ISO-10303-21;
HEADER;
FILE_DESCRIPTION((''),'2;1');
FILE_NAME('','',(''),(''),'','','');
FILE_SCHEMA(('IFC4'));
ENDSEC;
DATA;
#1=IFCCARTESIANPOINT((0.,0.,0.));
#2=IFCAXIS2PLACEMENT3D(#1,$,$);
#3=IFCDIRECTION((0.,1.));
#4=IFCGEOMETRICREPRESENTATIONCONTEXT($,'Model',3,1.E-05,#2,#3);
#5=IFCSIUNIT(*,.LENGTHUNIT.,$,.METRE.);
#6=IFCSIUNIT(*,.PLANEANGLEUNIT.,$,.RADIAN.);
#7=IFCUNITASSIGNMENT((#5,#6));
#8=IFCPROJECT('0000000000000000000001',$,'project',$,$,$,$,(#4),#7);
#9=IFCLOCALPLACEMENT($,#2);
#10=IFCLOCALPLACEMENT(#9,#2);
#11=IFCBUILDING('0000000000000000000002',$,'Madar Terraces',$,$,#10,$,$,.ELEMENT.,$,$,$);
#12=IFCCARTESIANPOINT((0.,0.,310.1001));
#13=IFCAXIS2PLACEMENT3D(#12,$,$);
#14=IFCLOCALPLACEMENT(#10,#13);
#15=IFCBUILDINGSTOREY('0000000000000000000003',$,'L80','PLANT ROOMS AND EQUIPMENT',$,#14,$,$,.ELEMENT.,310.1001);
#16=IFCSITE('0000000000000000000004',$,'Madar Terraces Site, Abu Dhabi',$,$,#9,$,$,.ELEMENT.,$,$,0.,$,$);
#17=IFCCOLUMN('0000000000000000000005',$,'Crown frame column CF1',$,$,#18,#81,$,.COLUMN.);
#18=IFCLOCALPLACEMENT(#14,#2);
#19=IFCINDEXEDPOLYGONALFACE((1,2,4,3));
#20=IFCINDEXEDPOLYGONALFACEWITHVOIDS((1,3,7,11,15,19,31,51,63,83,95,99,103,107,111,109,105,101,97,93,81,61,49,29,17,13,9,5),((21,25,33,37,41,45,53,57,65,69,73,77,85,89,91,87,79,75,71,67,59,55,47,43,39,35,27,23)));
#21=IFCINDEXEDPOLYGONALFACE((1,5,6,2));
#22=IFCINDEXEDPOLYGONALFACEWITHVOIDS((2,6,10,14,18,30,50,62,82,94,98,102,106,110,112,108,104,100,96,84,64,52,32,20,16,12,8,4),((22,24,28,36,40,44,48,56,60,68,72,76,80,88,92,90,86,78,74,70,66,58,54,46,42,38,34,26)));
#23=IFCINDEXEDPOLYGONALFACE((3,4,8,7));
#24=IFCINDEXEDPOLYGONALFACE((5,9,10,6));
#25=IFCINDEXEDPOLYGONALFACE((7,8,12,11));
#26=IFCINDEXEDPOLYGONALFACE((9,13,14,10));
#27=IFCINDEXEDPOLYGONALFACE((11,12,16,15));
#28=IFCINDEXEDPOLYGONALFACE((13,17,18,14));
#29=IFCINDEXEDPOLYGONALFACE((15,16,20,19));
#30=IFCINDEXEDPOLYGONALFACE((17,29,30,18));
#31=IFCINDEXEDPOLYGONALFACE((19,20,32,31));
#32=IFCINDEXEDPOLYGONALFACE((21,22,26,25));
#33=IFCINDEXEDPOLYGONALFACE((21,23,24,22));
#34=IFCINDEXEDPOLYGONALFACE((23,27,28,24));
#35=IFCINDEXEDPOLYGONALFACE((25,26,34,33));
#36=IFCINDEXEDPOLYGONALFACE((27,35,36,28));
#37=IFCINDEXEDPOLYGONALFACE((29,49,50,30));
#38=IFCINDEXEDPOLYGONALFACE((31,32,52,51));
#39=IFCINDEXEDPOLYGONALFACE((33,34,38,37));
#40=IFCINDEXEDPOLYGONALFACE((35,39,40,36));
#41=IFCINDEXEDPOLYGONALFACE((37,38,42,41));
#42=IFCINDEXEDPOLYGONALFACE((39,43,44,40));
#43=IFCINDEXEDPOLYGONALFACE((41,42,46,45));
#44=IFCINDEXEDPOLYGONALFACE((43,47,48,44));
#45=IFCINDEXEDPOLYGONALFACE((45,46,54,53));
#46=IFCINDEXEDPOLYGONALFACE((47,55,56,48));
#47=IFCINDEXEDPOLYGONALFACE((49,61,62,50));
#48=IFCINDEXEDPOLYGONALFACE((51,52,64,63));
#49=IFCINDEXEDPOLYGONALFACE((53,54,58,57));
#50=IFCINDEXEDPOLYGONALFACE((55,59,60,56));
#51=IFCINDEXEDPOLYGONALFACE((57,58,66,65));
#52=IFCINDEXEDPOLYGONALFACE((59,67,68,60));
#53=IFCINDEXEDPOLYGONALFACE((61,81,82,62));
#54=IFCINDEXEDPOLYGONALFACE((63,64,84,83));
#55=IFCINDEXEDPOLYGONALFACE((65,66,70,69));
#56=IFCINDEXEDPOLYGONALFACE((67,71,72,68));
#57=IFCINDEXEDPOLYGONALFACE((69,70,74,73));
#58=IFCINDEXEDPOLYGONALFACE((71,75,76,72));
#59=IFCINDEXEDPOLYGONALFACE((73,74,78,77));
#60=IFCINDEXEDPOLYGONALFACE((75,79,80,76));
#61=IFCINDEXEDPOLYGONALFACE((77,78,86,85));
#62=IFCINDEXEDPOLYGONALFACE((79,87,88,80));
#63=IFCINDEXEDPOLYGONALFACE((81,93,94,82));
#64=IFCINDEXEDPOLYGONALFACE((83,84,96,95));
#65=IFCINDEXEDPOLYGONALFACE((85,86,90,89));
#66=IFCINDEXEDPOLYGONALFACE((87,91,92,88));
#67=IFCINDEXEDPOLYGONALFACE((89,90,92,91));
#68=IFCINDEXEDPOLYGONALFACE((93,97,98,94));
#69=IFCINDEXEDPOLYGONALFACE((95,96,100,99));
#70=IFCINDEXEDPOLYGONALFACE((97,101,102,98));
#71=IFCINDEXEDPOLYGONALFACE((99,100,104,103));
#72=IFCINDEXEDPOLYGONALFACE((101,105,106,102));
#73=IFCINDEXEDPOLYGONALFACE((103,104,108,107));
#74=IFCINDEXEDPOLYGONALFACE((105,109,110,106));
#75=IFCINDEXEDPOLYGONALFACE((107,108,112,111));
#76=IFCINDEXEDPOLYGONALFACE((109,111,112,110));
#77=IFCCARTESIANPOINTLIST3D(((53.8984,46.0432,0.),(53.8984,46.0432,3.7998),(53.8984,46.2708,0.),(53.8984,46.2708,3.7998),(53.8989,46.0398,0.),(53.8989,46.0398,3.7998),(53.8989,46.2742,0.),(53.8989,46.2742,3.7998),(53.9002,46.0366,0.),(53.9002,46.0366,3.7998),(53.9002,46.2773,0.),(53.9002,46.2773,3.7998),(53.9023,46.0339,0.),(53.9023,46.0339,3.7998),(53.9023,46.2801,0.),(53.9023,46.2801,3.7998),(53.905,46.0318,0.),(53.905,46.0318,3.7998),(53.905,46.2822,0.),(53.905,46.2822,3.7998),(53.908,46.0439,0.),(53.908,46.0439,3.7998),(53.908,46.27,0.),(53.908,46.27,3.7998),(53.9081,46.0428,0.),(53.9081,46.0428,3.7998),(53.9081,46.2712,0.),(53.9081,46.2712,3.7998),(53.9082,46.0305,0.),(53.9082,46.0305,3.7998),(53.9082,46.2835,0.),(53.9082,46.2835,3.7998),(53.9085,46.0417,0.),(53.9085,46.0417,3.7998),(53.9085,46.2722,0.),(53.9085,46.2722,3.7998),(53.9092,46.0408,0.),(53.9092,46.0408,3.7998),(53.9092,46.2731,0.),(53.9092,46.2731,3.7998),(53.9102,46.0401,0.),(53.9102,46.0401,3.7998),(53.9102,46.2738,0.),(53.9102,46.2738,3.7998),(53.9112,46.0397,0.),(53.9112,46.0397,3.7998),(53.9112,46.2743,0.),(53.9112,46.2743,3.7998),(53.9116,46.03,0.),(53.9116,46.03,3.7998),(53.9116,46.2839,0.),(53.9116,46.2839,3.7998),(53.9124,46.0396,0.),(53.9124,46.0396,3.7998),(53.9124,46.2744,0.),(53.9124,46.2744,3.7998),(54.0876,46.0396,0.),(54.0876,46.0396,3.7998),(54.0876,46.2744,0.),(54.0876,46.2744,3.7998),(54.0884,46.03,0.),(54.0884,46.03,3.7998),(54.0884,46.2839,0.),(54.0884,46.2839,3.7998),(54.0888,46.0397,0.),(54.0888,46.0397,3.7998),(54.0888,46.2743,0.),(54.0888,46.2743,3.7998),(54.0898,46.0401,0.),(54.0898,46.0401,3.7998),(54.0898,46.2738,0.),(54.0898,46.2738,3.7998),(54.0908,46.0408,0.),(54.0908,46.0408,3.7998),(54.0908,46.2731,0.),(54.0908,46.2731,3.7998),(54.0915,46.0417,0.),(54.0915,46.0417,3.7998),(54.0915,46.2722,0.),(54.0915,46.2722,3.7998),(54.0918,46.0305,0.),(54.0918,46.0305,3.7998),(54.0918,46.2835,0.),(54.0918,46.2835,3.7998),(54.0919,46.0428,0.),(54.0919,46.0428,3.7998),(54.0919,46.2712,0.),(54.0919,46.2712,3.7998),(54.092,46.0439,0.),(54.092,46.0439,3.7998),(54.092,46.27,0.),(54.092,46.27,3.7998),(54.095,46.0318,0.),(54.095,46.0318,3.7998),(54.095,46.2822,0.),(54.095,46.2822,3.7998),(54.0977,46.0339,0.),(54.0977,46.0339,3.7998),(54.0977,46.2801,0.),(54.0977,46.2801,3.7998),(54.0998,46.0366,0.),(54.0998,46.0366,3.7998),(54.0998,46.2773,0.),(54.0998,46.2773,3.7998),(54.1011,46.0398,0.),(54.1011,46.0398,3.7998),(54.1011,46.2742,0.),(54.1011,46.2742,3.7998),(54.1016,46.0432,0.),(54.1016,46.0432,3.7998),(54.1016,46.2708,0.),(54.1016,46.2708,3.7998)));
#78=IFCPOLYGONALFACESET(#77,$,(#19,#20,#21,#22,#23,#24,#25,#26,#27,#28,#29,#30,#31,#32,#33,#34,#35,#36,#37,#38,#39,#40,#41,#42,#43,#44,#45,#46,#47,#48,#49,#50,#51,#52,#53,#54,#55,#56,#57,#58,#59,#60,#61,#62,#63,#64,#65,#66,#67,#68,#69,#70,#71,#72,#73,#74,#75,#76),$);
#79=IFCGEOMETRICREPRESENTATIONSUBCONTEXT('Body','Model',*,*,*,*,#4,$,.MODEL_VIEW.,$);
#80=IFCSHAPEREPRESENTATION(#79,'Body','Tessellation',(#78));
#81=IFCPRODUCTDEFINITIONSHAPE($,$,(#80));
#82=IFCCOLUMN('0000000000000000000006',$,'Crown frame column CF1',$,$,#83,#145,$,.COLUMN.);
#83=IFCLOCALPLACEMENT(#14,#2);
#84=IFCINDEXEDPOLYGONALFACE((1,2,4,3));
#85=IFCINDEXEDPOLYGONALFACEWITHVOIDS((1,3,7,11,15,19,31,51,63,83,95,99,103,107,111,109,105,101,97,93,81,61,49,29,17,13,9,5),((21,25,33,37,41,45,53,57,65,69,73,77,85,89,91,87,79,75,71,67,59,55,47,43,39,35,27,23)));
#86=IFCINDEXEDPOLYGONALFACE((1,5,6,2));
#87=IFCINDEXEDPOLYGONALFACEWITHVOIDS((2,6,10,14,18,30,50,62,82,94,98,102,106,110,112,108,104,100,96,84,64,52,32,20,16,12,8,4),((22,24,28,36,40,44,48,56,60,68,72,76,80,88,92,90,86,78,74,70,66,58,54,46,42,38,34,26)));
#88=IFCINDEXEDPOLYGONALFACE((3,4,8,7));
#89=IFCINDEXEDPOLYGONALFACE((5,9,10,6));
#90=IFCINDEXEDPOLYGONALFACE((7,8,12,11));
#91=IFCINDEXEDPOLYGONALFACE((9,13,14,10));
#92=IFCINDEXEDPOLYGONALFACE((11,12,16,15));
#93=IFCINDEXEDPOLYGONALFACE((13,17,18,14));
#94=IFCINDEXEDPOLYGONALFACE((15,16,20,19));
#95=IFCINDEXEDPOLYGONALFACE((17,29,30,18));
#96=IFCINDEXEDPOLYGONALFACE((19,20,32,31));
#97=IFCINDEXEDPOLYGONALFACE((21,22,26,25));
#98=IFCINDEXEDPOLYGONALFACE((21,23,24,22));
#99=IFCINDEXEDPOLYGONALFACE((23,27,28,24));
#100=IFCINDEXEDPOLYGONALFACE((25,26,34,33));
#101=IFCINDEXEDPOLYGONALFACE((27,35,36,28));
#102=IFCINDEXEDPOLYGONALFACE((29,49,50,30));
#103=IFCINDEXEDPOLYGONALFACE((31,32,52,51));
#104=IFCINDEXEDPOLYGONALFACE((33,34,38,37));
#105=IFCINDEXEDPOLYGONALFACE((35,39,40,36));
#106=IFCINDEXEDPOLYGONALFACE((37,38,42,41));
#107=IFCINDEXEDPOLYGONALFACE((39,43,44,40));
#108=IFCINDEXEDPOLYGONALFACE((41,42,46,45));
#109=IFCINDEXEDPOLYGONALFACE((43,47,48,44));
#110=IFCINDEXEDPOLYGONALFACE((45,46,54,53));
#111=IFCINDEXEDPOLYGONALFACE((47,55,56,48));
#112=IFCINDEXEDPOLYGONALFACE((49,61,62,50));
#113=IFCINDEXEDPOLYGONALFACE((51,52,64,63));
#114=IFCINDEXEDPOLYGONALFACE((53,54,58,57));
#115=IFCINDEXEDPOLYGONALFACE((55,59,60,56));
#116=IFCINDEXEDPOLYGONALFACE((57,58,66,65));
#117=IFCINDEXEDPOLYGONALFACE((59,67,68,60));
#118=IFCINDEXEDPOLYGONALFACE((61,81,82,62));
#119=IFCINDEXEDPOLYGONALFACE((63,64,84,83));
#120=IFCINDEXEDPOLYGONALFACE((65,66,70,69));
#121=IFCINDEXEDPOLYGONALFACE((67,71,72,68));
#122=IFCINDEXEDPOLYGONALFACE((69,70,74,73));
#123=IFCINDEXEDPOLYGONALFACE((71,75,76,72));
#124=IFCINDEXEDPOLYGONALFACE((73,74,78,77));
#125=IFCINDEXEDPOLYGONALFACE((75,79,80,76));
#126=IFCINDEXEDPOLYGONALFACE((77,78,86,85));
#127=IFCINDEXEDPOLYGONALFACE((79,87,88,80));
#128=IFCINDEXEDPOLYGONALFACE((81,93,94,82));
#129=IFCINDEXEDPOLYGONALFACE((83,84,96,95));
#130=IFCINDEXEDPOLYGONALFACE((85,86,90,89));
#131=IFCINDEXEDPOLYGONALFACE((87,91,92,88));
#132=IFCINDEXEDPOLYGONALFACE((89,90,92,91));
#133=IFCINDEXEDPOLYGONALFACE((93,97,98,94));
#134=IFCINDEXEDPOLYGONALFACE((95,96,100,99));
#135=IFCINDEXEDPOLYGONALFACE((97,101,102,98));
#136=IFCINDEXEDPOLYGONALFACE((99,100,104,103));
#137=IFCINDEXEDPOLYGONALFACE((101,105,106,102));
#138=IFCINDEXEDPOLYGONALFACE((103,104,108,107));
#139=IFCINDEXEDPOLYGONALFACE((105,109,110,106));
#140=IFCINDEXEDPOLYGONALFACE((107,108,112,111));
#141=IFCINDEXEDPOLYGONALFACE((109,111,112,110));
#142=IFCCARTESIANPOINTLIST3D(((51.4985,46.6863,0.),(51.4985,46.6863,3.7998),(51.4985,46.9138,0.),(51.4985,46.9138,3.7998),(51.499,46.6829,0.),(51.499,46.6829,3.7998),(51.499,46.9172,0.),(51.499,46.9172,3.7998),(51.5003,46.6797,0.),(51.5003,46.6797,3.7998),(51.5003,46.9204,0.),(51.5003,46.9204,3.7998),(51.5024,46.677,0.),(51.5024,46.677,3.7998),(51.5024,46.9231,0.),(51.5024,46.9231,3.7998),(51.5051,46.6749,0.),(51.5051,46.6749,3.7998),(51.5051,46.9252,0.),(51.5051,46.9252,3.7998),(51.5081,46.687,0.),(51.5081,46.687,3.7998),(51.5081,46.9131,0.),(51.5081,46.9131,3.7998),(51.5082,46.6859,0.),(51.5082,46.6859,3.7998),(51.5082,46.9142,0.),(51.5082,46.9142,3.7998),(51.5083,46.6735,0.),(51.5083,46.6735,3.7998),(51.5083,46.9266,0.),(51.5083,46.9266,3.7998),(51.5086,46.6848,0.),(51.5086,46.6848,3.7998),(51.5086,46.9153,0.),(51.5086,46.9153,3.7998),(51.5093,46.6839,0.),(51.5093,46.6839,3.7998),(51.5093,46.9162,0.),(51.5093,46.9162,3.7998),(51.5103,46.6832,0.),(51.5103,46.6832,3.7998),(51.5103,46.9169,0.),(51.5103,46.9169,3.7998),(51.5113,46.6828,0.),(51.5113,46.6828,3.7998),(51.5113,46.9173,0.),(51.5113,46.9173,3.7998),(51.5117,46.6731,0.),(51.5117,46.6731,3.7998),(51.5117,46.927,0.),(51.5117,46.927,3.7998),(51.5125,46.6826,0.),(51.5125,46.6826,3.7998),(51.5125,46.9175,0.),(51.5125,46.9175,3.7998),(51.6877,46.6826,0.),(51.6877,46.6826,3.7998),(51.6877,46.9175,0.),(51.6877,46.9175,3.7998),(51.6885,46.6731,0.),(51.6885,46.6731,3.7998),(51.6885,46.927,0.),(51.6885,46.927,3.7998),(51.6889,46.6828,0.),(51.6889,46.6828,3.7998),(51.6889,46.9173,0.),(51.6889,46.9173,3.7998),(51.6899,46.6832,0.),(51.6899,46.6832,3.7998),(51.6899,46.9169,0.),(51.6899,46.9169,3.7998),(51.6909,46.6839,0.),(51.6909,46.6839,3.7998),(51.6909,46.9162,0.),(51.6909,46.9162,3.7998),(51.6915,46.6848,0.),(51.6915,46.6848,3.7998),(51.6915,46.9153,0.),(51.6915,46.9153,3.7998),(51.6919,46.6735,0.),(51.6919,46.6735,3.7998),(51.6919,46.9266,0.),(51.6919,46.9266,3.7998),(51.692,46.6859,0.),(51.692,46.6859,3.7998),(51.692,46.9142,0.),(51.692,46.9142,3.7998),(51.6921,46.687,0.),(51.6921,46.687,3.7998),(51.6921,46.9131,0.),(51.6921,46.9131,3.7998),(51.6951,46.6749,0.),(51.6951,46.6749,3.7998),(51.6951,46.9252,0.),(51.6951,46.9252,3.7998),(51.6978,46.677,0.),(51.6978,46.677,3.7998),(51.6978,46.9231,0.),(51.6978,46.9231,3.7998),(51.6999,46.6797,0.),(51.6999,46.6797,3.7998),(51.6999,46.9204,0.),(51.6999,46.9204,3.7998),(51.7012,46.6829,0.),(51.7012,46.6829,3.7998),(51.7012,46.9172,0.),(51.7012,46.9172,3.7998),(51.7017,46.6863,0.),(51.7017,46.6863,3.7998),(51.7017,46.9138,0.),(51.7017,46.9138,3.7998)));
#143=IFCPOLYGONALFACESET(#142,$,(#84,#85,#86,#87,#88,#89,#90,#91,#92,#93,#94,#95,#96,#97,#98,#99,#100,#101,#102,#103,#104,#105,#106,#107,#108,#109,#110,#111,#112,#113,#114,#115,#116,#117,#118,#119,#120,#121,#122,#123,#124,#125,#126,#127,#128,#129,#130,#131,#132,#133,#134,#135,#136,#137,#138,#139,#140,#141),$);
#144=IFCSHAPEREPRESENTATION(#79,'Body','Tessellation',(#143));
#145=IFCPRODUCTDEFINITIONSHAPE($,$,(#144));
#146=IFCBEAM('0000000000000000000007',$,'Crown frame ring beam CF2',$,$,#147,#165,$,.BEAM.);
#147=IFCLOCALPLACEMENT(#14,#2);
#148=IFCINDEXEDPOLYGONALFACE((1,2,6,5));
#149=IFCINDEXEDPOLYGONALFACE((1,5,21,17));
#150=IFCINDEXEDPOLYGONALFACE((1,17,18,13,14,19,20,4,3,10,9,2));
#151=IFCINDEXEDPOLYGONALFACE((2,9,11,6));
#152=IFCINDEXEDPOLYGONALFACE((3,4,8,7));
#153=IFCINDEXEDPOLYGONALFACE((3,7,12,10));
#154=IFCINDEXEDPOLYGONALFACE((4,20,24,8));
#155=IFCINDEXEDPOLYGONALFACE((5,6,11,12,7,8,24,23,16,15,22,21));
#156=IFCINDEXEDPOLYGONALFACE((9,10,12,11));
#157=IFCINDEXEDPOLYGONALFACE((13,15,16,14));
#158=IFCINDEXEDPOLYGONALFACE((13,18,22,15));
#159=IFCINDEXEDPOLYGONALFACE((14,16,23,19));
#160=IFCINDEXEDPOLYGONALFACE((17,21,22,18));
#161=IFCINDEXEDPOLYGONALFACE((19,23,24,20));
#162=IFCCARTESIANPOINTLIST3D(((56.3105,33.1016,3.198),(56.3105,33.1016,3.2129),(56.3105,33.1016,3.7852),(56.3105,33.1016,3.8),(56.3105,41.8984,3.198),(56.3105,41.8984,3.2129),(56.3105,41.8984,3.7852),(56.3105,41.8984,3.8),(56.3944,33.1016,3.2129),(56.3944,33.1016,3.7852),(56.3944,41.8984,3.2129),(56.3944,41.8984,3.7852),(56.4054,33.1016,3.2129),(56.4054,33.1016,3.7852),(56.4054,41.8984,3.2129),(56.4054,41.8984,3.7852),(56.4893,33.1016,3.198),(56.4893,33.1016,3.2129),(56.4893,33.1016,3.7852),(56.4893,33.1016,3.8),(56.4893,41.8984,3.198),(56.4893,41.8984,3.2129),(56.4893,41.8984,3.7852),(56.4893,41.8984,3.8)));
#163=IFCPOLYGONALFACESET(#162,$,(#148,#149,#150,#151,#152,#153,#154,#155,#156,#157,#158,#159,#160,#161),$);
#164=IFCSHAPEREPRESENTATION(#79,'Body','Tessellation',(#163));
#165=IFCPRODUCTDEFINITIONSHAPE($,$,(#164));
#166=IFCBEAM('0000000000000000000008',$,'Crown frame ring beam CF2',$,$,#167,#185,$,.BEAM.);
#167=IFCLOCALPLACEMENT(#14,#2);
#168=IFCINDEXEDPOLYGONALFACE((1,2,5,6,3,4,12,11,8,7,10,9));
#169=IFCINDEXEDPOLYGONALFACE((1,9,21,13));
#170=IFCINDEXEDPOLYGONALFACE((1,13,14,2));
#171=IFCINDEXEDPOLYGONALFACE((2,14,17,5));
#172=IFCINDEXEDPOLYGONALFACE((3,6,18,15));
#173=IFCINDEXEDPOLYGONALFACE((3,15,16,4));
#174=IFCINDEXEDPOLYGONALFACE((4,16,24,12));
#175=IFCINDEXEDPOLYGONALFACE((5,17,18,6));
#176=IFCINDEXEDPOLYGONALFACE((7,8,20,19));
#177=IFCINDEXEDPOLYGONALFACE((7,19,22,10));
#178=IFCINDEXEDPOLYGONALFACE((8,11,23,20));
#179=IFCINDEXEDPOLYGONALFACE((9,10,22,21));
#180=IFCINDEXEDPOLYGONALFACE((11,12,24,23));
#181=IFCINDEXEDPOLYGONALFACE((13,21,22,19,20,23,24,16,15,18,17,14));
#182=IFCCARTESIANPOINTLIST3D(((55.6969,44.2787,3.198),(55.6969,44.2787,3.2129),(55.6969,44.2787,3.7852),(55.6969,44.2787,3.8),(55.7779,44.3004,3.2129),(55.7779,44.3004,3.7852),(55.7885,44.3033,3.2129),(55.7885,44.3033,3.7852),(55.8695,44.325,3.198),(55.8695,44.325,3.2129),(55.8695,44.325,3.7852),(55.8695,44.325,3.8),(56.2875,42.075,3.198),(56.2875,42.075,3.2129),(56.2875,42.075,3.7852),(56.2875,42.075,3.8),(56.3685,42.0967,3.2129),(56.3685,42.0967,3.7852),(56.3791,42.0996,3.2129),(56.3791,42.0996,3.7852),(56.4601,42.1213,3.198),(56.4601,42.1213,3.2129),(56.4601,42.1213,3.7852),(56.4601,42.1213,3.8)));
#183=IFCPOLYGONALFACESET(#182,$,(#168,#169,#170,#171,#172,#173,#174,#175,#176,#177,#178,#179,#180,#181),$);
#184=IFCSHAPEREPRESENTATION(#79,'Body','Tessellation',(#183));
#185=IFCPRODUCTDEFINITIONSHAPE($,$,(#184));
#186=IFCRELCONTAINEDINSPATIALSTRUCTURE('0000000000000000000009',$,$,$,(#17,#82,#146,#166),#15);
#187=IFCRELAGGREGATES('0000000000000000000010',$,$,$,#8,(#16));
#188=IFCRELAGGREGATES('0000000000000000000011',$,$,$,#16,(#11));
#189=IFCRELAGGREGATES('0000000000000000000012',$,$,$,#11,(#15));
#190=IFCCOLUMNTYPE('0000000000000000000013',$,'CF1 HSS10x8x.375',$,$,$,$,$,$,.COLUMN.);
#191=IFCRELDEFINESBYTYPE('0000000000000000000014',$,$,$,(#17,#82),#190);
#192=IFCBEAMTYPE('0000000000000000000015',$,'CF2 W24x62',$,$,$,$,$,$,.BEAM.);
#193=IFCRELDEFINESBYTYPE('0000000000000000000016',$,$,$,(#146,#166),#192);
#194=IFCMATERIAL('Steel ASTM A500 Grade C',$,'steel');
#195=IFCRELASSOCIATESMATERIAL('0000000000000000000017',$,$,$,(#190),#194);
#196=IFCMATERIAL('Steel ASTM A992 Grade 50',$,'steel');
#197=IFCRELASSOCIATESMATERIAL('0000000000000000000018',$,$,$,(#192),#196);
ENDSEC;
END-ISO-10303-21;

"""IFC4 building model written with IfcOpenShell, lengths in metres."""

from ifc_helpers import new_model, si_unit, direction, frame, origin, origin_2d, place, context, subcontext, project, spatial, hollow_rectangle, i_section, extrude, material, material_profile, profile_set, type_object, element, save


model = new_model("IFC4")

# Units and contexts
model_context = context("Model", 3, precision=1e-05, world=origin(), true_north=direction((0.0, 1.0)))
body_context = subcontext(model_context, "Body", "Model", "MODEL_VIEW")
ifc_project = project(units=[si_unit("LENGTHUNIT", "METRE"), si_unit("PLANEANGLEUNIT", "RADIAN")], contexts=[model_context])

# Site, building, storey
site_placement = place(None, origin())
site = spatial("IfcSite", under=ifc_project, at=site_placement, Name="Madar Terraces Site, Abu Dhabi", CompositionType="ELEMENT", RefElevation=0.0)
building_placement = place(site_placement, origin())
building = spatial("IfcBuilding", under=site, at=building_placement, Name="Madar Terraces", CompositionType="ELEMENT")
storey_placement = place(building_placement, frame((0.0, 0.0, 310.1001)))
storey = spatial("IfcBuildingStorey", under=building, at=storey_placement, Name="L80", Description="PLANT ROOMS AND EQUIPMENT", CompositionType="ELEMENT", Elevation=310.1001)

# Columns
ifc_material_1 = material(Name="Steel ASTM A500 Grade C", Category="steel")
ifc_material_profile_1 = material_profile(ifc_material_1, hollow_rectangle(XDim=0.2031, YDim=0.2539, WallThickness=0.0095, InnerFilletRadius=0.0044, OuterFilletRadius=0.0132, at=origin_2d()), Name="HSS10x8x.375")
ifc_profile_set_1 = profile_set([ifc_material_profile_1], Name="Steel ASTM A500 Grade C")
column_type = type_object("IfcColumnType", Name="CF1 HSS10x8x.375", PredefinedType="COLUMN", material=ifc_profile_set_1)
for number, where, z_axis, x_axis, name in (
    (1, (54.0, 46.157, 0.0), (0.0, 0.0, 1.0), (1.0, 0.0, 0.0), "Crown frame column CF1"),
    (2, (51.6001, 46.8, 0.0), (0.0, 0.0, 1.0), (1.0, 0.0, 0.0), "Crown frame column CF1"),
):
    element("IfcColumn", number, at=place(storey_placement, frame(where, z_axis=z_axis, x_axis=x_axis)), inside=storey, type_object=column_type, Name=name, PredefinedType="COLUMN", context=body_context, shape_type="SweptSolid", body=[
        extrude(hollow_rectangle(XDim=0.2031, YDim=0.2539, WallThickness=0.0095, InnerFilletRadius=0.0044, OuterFilletRadius=0.0132, at=origin_2d()), origin(), (0.0, 0.0, 1.0), 3.7998),
    ])

# Beams
ifc_material_2 = material(Name="Steel ASTM A992 Grade 50", Category="steel")
ifc_material_profile_2 = material_profile(ifc_material_2, i_section(OverallWidth=0.1787, OverallDepth=0.6021, WebThickness=0.011, FlangeThickness=0.0149, at=origin_2d()), Name="W24x62")
ifc_profile_set_2 = profile_set([ifc_material_profile_2], Name="Steel ASTM A992 Grade 50")
beam_type = type_object("IfcBeamType", Name="CF2 W24x62", PredefinedType="BEAM", material=ifc_profile_set_2)
beam_1_placement = place(storey_placement, frame((56.3999, 33.1016, 3.499), z_axis=(0.0, 1.0, 0.0), x_axis=(-1.0, 0.0, 0.0)))
element("IfcBeam", 3, at=beam_1_placement, inside=storey, type_object=beam_type, Name="Crown frame ring beam CF2", PredefinedType="BEAM", context=body_context, shape_type="SweptSolid", body=[
    extrude(i_section(OverallWidth=0.1787, OverallDepth=0.6021, WebThickness=0.011, FlangeThickness=0.0149, at=origin_2d()), origin(), (0.0, 0.0, 1.0), 8.7969),
])
beam_2_placement = place(storey_placement, frame((56.3738, 42.0981, 3.499), z_axis=(-0.258868, 0.965913, 0.0), x_axis=(-0.965913, -0.258868, 0.0)))
element("IfcBeam", 4, at=beam_2_placement, inside=storey, type_object=beam_type, Name="Crown frame ring beam CF2", PredefinedType="BEAM", context=body_context, shape_type="SweptSolid", body=[
    extrude(i_section(OverallWidth=0.1787, OverallDepth=0.6021, WebThickness=0.011, FlangeThickness=0.0149, at=origin_2d()), origin(), (0.0, 0.0, 1.0), 2.2815),
])

save(model, "model.ifc")
